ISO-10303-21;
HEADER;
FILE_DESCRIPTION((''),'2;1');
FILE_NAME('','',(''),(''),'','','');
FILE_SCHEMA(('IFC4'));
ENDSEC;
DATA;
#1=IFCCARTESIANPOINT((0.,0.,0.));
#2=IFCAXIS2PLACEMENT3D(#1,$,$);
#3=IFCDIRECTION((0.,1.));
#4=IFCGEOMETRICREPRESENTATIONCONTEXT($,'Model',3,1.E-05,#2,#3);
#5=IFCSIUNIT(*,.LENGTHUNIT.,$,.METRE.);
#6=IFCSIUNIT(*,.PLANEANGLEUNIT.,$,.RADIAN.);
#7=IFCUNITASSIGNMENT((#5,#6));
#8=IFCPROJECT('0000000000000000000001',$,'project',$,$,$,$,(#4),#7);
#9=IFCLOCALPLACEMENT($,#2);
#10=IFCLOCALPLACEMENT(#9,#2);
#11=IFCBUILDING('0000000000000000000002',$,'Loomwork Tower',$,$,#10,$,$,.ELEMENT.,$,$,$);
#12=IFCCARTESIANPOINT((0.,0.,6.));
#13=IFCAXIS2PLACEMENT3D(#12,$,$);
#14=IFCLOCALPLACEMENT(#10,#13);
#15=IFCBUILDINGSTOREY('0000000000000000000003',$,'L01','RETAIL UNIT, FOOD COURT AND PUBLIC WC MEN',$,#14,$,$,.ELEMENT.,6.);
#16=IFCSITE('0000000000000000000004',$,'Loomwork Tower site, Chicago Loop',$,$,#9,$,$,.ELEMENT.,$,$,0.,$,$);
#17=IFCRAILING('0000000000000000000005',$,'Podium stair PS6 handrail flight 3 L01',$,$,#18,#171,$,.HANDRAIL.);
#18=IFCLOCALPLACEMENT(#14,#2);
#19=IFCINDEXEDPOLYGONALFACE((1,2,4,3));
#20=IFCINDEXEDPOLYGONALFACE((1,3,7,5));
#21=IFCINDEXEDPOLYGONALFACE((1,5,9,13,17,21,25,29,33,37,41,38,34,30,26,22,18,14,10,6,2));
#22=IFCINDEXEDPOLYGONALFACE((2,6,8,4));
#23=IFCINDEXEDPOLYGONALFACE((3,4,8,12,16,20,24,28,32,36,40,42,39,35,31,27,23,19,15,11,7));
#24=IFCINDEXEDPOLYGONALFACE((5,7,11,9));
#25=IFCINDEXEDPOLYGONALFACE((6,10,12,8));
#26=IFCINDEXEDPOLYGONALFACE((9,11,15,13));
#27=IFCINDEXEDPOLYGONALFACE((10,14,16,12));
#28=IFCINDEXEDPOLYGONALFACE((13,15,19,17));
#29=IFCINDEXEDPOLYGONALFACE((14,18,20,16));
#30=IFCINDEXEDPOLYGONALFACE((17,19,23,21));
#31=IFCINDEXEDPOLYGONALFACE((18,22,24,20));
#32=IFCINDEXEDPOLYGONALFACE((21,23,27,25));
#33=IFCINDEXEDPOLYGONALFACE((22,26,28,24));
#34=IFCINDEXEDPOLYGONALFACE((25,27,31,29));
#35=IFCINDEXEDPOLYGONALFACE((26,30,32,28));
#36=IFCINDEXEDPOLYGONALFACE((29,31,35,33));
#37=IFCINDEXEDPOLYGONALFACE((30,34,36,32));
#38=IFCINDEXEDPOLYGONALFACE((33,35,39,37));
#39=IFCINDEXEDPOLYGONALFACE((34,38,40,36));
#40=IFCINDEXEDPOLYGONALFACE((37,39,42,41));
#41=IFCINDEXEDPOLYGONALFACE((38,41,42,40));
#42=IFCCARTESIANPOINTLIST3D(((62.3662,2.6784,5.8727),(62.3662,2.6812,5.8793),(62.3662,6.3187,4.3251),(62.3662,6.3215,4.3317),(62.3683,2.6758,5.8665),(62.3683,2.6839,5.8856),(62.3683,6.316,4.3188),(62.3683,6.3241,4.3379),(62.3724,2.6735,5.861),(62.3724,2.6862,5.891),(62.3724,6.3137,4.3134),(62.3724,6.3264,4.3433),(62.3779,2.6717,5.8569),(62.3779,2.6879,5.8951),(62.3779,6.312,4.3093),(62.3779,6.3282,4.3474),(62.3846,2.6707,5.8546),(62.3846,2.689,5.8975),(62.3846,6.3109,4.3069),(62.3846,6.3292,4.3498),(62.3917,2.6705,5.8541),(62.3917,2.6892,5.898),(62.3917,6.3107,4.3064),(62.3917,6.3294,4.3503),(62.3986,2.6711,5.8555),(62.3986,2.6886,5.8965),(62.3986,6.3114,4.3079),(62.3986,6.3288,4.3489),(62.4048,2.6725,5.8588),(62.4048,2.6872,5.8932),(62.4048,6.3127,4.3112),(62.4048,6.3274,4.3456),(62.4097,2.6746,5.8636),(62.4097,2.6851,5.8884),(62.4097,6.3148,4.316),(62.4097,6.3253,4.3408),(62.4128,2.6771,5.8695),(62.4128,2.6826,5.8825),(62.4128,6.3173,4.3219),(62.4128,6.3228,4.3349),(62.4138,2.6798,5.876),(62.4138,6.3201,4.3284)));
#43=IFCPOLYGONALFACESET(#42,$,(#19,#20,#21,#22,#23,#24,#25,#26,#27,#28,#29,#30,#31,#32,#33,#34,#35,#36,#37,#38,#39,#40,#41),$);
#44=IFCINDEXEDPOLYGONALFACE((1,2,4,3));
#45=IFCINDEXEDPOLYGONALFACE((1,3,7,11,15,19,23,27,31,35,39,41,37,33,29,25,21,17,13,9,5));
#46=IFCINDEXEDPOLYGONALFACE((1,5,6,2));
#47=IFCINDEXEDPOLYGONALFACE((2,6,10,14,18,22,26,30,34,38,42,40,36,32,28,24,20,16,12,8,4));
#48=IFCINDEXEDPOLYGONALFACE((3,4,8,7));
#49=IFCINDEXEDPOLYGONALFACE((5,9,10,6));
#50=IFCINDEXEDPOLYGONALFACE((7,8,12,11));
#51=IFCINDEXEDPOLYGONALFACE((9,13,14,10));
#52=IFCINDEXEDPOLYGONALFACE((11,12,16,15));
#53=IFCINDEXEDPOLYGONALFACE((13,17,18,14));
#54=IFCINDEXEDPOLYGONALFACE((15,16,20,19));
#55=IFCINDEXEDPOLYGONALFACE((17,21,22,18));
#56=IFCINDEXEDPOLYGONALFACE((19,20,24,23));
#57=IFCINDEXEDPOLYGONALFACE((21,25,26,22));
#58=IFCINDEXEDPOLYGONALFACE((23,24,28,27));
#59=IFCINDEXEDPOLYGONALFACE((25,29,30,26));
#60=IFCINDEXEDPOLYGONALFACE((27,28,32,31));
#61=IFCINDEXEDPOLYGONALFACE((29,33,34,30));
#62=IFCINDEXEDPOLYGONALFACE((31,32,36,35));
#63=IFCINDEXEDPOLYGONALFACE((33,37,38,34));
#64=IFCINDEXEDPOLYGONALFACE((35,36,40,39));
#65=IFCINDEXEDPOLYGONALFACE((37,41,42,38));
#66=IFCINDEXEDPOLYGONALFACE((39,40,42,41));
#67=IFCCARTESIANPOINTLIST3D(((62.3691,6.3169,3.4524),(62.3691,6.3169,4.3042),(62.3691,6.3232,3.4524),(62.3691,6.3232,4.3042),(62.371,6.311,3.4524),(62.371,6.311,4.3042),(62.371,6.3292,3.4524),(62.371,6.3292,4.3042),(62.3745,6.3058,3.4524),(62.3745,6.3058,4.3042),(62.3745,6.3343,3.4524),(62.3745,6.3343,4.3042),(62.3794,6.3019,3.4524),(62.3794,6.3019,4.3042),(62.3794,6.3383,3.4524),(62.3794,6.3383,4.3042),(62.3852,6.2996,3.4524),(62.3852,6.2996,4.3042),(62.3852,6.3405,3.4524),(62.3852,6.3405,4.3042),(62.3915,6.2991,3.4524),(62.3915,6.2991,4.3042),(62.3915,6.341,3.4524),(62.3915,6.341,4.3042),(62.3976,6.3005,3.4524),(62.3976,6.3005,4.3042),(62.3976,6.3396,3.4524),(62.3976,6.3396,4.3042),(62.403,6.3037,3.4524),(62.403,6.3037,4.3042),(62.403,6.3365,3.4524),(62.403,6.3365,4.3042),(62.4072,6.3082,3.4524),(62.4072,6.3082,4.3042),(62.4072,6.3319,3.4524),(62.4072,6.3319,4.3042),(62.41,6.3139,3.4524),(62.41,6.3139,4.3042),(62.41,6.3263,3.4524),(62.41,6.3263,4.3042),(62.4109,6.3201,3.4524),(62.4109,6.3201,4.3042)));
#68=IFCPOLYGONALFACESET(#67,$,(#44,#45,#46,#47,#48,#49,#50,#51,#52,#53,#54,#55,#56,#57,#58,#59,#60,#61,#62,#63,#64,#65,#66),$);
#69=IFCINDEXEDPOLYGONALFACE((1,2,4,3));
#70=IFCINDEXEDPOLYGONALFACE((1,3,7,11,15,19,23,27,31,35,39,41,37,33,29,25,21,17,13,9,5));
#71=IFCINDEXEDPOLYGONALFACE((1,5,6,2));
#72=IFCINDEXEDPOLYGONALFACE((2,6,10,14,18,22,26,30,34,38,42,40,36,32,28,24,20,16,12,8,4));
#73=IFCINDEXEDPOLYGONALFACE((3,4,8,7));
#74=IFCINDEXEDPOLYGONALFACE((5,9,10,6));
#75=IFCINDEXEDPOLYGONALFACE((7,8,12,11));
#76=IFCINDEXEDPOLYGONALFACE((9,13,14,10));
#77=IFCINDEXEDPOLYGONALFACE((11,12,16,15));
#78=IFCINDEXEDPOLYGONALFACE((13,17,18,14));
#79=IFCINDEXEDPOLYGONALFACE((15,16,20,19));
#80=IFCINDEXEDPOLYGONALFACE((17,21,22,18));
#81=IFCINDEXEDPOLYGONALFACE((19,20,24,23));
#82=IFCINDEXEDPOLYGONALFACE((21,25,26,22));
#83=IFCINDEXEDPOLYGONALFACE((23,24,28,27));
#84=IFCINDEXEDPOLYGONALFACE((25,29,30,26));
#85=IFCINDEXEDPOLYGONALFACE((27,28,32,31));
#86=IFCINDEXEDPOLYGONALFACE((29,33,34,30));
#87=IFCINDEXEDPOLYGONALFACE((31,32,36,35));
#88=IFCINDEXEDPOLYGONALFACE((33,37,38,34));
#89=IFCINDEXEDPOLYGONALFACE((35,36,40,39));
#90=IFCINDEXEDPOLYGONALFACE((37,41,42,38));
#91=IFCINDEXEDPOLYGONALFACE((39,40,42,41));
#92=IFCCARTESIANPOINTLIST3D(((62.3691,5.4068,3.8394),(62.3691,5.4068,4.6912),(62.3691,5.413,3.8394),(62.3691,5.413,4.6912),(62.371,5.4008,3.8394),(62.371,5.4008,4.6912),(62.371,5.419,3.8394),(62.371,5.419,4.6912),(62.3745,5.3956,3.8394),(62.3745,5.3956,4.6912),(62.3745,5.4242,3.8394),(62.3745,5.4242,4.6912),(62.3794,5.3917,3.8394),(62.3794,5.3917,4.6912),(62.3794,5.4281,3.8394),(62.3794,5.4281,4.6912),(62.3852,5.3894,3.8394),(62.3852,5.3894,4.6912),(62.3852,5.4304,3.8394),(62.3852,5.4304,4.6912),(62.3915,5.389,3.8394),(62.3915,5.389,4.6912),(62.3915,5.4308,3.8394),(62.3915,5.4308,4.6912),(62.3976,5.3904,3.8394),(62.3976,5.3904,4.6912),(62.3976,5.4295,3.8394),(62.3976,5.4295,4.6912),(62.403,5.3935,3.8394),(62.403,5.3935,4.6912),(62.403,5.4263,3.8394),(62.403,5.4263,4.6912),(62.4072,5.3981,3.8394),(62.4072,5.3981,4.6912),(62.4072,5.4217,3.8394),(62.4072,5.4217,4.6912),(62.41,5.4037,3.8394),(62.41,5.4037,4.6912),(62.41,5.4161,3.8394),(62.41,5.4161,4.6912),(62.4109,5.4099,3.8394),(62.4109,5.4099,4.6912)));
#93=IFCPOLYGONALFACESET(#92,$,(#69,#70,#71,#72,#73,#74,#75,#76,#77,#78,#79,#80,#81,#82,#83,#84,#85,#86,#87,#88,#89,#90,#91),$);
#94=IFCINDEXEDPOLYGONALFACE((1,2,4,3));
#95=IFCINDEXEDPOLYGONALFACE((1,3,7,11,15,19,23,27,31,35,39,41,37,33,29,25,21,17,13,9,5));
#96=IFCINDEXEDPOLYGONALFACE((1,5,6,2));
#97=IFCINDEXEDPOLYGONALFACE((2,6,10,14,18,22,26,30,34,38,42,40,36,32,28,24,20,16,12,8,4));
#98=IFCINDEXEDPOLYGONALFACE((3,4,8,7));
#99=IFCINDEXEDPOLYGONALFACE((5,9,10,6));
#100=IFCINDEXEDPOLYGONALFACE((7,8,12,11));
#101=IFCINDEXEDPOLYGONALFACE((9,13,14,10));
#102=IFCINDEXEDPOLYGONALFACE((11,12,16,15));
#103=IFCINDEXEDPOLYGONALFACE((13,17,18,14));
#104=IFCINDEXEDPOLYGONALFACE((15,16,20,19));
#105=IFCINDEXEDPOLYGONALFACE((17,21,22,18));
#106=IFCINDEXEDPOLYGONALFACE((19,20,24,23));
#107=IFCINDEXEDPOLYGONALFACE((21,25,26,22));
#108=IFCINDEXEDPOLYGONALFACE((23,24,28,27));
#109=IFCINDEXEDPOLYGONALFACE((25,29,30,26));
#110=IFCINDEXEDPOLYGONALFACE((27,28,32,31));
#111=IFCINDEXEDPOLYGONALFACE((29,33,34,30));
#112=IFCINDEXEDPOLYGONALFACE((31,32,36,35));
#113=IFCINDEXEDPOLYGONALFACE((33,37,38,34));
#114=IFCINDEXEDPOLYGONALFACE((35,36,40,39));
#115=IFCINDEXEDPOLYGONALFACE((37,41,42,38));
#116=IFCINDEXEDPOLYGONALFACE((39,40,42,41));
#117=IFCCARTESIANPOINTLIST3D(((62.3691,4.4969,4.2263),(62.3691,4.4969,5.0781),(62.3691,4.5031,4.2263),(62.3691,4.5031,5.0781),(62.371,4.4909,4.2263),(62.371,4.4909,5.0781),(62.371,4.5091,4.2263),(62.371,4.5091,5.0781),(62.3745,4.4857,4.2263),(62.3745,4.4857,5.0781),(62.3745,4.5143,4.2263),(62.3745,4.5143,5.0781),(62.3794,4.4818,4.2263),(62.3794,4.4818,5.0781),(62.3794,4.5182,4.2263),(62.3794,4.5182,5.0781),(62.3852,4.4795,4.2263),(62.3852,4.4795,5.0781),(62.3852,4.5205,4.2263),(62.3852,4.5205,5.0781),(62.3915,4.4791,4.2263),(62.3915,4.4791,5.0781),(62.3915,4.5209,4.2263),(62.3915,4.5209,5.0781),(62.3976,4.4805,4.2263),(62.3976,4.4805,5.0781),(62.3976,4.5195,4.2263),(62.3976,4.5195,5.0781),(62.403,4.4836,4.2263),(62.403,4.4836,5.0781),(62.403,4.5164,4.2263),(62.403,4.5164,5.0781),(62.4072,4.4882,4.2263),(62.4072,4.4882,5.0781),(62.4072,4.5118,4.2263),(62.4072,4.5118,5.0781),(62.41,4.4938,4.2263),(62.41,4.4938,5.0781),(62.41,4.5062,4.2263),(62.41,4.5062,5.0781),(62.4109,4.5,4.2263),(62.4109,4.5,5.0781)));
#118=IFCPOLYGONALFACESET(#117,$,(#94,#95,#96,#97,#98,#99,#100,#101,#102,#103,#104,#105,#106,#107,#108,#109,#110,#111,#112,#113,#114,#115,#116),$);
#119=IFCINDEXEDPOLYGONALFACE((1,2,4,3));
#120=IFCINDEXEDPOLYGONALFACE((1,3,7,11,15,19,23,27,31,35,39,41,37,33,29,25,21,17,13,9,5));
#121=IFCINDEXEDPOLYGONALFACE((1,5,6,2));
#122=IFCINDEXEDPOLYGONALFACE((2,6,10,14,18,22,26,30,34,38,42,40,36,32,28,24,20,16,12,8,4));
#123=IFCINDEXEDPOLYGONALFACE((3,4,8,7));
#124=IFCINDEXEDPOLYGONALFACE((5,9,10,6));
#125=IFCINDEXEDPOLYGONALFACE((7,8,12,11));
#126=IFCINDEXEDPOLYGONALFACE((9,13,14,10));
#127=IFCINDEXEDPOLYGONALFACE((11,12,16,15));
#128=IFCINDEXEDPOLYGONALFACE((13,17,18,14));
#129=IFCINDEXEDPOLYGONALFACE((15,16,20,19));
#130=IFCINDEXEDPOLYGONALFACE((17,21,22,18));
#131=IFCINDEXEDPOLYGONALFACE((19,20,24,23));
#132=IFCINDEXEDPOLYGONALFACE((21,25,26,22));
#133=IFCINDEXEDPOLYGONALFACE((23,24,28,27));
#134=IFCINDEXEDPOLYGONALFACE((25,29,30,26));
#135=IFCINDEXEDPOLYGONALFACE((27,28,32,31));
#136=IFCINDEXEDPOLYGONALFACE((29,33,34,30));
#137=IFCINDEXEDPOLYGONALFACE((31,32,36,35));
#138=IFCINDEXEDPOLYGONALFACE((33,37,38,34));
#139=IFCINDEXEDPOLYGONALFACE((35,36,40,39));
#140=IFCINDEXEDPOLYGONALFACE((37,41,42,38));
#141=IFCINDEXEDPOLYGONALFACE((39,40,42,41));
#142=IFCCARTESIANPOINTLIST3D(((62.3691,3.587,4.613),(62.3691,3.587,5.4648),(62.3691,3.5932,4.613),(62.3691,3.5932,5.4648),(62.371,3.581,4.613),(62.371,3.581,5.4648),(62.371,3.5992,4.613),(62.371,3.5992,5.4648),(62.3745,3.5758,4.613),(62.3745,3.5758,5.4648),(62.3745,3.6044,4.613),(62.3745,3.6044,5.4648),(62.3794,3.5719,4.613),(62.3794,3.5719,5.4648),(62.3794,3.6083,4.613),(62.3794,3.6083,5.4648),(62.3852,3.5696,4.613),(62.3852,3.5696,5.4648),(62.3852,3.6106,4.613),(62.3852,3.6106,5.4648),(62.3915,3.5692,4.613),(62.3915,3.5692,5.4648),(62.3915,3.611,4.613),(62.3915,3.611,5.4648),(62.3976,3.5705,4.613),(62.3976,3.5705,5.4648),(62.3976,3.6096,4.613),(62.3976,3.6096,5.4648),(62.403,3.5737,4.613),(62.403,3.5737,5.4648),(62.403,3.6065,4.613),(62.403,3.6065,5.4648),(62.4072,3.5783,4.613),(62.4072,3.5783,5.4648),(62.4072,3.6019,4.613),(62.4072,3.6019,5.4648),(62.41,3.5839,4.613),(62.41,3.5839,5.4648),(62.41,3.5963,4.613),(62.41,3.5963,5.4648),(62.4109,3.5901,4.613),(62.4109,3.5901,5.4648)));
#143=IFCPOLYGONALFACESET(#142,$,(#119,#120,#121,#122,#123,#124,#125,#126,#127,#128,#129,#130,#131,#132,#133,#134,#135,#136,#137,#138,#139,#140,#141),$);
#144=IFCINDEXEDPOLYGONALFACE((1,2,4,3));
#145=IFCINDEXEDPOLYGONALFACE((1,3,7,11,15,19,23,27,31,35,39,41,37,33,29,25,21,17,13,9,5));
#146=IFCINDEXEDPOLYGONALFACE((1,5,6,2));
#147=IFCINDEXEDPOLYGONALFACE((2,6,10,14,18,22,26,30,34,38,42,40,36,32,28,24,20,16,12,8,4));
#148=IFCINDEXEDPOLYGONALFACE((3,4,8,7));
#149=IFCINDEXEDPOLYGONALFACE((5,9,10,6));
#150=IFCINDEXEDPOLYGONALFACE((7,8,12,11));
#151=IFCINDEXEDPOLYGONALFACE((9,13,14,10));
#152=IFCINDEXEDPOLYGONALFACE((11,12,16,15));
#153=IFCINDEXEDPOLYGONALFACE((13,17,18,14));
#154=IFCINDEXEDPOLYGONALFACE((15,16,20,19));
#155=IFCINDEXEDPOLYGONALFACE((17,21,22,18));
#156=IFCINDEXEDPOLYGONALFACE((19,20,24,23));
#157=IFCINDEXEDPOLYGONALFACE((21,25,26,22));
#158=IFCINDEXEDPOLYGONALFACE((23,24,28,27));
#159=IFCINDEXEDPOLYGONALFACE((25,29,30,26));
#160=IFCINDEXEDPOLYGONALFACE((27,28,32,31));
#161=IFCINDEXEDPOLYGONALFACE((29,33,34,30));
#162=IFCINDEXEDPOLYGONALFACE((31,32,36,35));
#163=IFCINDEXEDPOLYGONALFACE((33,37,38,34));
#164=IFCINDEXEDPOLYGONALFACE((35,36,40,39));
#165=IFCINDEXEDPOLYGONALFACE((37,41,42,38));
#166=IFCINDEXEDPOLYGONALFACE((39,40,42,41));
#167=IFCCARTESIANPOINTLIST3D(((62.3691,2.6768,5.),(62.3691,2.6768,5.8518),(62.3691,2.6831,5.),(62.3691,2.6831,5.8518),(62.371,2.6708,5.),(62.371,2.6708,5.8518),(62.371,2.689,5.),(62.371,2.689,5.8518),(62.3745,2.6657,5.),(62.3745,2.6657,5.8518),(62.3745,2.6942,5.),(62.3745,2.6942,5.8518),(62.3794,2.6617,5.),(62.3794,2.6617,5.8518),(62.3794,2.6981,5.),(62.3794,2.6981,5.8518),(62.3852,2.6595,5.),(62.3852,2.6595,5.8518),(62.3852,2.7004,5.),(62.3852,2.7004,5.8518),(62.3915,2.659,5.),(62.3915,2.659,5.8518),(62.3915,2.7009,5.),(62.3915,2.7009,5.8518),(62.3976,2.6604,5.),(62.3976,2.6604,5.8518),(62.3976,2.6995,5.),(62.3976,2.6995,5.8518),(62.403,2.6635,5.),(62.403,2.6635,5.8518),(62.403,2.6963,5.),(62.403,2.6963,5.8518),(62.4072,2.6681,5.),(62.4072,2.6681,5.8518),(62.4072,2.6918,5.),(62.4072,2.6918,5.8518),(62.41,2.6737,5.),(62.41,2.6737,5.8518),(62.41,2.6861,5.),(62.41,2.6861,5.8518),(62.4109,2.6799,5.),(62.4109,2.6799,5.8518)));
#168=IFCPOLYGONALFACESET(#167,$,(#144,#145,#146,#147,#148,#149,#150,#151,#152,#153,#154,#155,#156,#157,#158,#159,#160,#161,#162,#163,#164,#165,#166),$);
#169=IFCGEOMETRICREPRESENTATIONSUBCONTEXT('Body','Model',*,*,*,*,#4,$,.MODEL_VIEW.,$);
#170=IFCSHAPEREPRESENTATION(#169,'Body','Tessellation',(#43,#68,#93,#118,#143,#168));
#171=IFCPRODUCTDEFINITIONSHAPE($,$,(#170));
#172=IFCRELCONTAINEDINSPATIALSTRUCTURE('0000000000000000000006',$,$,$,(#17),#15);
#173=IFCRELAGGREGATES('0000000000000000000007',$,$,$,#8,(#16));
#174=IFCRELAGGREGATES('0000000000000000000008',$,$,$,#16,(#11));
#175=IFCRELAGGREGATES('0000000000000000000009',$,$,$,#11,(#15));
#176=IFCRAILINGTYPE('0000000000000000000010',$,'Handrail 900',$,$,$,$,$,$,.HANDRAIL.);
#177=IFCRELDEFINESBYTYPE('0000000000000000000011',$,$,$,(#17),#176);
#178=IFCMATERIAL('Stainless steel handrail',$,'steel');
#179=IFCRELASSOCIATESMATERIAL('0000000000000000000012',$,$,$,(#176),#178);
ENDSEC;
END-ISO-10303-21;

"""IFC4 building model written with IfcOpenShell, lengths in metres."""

from ifc_helpers import new_model, si_unit, direction, frame, origin, origin_2d, place, context, subcontext, project, spatial, circle, extrude, material, type_object, element, save


model = new_model("IFC4")

# Units and contexts
model_context = context("Model", 3, precision=1e-05, world=origin(), true_north=direction((0.0, 1.0)))
body_context = subcontext(model_context, "Body", "Model", "MODEL_VIEW")
ifc_project = project(units=[si_unit("LENGTHUNIT", "METRE"), si_unit("PLANEANGLEUNIT", "RADIAN")], contexts=[model_context])

# Site, building, storey
site_placement = place(None, origin())
site = spatial("IfcSite", under=ifc_project, at=site_placement, Name="Loomwork Tower site, Chicago Loop", CompositionType="ELEMENT", RefElevation=0.0)
building_placement = place(site_placement, origin())
building = spatial("IfcBuilding", under=site, at=building_placement, Name="Loomwork Tower", CompositionType="ELEMENT")
storey_placement = place(building_placement, frame((0.0, 0.0, 6.0)))
storey = spatial("IfcBuildingStorey", under=building, at=storey_placement, Name="L01", Description="RETAIL UNIT, FOOD COURT AND PUBLIC WC MEN", CompositionType="ELEMENT", Elevation=6.0)

# Railing
ifc_material_1 = material(Name="Stainless steel handrail", Category="steel")
railing_type = type_object("IfcRailingType", Name="Handrail 900", PredefinedType="HANDRAIL", material=ifc_material_1)
railing_1_placement = place(storey_placement, frame((62.3899, 6.3201, 3.4524)))
element("IfcRailing", 1, at=railing_1_placement, inside=storey, type_object=railing_type, Name="Podium stair PS6 handrail flight 3 L01", PredefinedType="HANDRAIL", context=body_context, shape_type="SweptSolid", body=[
    extrude(circle(Radius=0.0239, at=origin_2d()), frame((0.0, 0.0, 0.876), z_axis=(0.0, -0.920281, 0.391258), x_axis=(1.0, 0.0, 0.0)), (0.0, 0.0, 1.0), 3.9556),
    extrude(circle(Radius=0.021, at=origin_2d()), origin(), (0.0, 0.0, 1.0), 0.8518),
    extrude(circle(Radius=0.021, at=origin_2d()), frame((0.0, -0.9102, 0.387)), (0.0, 0.0, 1.0), 0.8518),
    extrude(circle(Radius=0.021, at=origin_2d()), frame((0.0, -1.8201, 0.7739)), (0.0, 0.0, 1.0), 0.8518),
    extrude(circle(Radius=0.021, at=origin_2d()), frame((0.0, -2.73, 1.1606)), (0.0, 0.0, 1.0), 0.8518),
    extrude(circle(Radius=0.021, at=origin_2d()), frame((0.0, -3.6401, 1.5476)), (0.0, 0.0, 1.0), 0.8518),
])

save(model, "model.ifc")
